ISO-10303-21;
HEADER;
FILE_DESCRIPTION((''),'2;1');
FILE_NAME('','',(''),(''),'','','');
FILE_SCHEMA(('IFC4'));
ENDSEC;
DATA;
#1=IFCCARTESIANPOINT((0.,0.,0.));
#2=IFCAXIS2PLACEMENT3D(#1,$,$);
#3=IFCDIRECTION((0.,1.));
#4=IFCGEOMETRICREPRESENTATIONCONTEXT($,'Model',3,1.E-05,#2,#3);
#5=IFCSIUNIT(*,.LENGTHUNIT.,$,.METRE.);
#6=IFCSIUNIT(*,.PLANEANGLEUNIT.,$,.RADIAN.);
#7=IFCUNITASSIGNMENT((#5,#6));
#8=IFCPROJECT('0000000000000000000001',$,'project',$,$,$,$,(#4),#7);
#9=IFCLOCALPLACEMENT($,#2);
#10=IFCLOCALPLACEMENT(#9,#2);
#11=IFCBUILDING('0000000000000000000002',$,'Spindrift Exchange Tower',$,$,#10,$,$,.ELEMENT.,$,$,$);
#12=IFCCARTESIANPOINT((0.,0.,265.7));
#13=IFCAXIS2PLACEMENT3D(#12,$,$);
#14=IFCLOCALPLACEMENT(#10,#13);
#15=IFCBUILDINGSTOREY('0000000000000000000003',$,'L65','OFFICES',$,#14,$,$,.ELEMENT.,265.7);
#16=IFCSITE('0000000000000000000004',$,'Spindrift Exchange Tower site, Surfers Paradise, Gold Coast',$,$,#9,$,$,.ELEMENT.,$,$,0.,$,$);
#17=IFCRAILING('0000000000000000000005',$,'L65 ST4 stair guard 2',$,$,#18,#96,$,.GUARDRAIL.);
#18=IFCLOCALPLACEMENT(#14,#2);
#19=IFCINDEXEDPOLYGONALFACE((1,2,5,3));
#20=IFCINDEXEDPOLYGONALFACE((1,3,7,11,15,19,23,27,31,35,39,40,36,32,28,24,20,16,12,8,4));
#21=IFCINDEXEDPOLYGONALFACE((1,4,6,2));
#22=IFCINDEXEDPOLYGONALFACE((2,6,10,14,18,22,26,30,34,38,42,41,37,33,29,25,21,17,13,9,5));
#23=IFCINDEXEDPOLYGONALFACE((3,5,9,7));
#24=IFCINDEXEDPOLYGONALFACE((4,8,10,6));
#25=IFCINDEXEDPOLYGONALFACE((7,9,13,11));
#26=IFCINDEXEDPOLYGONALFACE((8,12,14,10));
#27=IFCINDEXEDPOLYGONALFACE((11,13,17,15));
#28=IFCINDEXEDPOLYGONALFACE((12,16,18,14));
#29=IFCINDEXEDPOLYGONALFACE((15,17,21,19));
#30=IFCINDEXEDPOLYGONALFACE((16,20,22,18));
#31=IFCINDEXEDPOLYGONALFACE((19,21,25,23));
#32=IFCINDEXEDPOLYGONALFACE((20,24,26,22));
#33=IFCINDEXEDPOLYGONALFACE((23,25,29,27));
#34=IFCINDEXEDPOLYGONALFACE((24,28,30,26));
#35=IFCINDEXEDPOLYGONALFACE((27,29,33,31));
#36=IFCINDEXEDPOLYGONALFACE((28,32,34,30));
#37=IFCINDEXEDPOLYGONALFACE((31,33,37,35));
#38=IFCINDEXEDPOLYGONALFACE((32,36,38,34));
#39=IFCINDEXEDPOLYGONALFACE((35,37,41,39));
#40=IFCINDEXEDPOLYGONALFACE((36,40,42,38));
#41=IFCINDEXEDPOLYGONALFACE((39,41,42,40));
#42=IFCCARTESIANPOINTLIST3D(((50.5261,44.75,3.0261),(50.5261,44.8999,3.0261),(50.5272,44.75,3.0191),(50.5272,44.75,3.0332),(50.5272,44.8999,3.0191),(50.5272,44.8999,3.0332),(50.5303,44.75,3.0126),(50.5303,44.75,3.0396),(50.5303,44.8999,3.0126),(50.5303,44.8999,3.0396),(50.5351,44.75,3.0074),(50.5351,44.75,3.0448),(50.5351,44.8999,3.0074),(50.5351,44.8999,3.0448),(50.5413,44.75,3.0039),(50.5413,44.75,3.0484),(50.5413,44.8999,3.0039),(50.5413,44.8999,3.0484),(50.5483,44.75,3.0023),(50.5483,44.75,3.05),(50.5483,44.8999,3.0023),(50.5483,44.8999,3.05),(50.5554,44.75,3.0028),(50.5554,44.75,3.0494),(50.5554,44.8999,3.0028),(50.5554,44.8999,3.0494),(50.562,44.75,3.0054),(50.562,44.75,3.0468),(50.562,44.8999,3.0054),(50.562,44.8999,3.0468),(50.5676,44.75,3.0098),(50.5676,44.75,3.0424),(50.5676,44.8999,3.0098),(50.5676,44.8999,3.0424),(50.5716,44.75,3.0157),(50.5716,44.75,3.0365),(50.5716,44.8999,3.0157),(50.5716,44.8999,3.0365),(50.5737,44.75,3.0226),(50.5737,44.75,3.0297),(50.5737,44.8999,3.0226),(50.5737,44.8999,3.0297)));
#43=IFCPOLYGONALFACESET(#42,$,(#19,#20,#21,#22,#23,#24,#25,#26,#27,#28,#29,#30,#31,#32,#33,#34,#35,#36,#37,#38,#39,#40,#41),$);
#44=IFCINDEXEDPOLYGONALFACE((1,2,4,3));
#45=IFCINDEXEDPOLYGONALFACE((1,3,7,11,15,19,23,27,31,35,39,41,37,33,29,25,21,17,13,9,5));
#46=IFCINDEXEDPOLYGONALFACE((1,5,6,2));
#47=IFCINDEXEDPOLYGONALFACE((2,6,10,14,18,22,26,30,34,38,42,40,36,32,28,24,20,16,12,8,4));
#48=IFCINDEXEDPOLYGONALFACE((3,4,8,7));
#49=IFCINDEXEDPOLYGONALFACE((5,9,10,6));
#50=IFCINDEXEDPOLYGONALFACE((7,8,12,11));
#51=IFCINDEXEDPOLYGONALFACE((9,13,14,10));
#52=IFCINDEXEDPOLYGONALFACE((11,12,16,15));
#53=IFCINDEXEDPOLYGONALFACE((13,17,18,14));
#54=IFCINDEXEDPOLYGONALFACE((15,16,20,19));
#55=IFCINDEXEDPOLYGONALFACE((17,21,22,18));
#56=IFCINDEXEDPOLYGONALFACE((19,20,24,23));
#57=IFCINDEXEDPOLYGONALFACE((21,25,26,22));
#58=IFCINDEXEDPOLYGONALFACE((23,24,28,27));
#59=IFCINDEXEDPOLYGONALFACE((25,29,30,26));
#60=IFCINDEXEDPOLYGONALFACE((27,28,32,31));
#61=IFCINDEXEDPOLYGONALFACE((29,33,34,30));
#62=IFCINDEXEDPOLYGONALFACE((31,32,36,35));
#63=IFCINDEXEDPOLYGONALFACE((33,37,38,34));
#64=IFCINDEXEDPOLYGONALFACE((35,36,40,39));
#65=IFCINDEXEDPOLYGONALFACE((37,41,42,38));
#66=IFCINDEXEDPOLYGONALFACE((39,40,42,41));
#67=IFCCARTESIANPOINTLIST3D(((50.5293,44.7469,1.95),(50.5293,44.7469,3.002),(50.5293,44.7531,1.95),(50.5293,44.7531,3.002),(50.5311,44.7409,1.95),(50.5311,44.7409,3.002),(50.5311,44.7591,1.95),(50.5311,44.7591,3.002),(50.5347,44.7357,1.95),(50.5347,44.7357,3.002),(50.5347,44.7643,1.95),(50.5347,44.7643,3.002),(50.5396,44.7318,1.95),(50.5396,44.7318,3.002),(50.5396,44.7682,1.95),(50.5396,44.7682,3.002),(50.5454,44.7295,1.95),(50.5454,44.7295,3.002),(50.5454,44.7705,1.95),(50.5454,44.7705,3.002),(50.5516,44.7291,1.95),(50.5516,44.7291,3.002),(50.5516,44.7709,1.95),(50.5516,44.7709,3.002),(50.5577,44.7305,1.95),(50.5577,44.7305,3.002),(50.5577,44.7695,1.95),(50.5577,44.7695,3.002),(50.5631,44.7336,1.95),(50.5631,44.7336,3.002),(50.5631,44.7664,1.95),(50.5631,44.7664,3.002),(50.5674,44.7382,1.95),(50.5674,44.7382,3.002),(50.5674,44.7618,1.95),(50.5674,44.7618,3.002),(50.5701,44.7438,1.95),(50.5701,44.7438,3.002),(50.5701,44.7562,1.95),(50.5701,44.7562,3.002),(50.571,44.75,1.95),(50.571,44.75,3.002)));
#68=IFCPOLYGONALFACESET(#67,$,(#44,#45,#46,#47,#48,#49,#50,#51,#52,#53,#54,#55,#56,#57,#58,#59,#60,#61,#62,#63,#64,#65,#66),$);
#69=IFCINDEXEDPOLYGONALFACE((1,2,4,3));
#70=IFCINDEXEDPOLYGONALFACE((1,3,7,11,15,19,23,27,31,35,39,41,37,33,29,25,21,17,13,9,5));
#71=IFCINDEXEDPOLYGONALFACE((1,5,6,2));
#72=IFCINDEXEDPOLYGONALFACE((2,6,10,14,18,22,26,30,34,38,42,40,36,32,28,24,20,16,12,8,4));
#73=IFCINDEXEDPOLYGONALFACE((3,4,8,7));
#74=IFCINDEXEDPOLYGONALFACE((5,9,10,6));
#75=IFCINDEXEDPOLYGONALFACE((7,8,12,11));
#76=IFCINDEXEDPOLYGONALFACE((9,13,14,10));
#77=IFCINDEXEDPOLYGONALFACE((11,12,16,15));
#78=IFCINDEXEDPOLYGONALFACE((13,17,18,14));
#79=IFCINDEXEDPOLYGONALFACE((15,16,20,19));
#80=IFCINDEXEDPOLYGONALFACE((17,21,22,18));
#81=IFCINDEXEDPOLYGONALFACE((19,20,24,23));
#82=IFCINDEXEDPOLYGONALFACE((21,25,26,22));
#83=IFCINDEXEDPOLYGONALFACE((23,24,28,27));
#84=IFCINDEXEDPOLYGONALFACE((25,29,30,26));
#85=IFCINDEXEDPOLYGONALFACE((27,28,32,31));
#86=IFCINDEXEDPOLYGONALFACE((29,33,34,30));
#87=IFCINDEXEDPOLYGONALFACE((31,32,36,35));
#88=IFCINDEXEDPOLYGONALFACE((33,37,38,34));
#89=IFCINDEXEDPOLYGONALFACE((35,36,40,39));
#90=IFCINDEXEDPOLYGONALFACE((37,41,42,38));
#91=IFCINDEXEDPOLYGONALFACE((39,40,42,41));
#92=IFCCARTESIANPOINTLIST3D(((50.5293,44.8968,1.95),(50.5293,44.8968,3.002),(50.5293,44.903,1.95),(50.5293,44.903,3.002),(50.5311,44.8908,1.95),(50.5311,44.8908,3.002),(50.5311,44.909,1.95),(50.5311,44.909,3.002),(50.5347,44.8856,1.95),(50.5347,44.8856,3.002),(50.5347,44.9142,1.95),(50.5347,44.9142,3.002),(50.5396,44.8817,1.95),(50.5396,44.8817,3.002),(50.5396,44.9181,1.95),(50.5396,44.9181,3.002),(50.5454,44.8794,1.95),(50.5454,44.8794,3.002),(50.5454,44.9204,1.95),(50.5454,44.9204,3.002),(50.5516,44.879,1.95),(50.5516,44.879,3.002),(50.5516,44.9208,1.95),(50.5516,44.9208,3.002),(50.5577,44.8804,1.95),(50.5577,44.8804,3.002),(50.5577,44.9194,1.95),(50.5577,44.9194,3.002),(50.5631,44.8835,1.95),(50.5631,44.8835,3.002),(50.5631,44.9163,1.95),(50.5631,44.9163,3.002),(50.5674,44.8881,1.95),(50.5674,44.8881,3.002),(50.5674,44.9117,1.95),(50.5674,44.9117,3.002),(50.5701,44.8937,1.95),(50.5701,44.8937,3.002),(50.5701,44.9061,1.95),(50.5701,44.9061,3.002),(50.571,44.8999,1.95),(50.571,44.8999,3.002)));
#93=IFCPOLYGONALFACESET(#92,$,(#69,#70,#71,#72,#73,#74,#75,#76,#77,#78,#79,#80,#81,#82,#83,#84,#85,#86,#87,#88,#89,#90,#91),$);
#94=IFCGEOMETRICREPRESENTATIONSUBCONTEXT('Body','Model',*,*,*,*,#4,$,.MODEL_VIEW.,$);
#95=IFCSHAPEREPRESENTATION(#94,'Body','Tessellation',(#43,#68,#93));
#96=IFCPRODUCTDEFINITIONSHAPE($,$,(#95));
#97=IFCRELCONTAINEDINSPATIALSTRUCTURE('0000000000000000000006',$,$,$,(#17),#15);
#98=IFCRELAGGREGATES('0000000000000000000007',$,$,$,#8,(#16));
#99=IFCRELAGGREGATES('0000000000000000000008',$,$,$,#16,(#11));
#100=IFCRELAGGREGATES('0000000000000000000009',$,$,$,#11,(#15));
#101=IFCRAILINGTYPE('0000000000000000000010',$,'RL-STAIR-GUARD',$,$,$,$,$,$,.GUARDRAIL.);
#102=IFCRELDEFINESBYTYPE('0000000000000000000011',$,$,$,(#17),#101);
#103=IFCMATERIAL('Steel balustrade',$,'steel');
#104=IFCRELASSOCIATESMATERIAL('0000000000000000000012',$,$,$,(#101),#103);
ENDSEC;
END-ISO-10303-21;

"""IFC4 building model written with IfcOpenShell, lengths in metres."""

from ifc_helpers import new_model, si_unit, direction, frame, origin, origin_2d, place, context, subcontext, project, spatial, circle, extrude, material, type_object, element, save


model = new_model("IFC4")

# Units and contexts
model_context = context("Model", 3, precision=1e-05, world=origin(), true_north=direction((0.0, 1.0)))
body_context = subcontext(model_context, "Body", "Model", "MODEL_VIEW")
ifc_project = project(units=[si_unit("LENGTHUNIT", "METRE"), si_unit("PLANEANGLEUNIT", "RADIAN")], contexts=[model_context])

# Site, building, storey
site_placement = place(None, origin())
site = spatial("IfcSite", under=ifc_project, at=site_placement, Name="Spindrift Exchange Tower site, Surfers Paradise, Gold Coast", CompositionType="ELEMENT", RefElevation=0.0)
building_placement = place(site_placement, origin())
building = spatial("IfcBuilding", under=site, at=building_placement, Name="Spindrift Exchange Tower", CompositionType="ELEMENT")
storey_placement = place(building_placement, frame((0.0, 0.0, 265.7)))
storey = spatial("IfcBuildingStorey", under=building, at=storey_placement, Name="L65", Description="OFFICES", CompositionType="ELEMENT", Elevation=265.7)

# Railing
ifc_material_1 = material(Name="Steel balustrade", Category="steel")
railing_type_1 = type_object("IfcRailingType", Name="RL-STAIR-GUARD", PredefinedType="GUARDRAIL", material=ifc_material_1)
railing_1_placement = place(storey_placement, frame((50.55, 44.75, 1.95)))
element("IfcRailing", 1, at=railing_1_placement, inside=storey, type_object=railing_type_1, Name="L65 ST4 stair guard 2", PredefinedType="GUARDRAIL", context=body_context, shape_type="SweptSolid", body=[
    extrude(circle(Radius=0.0239, at=origin_2d()), frame((0.0, 0.0, 1.0762), z_axis=(0.0, 1.0, 0.0), x_axis=(-1.0, 0.0, 0.0)), (0.0, 0.0, 1.0), 0.1499),
    extrude(circle(Radius=0.021, at=origin_2d()), origin(), (0.0, 0.0, 1.0), 1.052),
    extrude(circle(Radius=0.021, at=origin_2d()), frame((0.0, 0.1499, 0.0)), (0.0, 0.0, 1.0), 1.052),
])

save(model, "model.ifc")
